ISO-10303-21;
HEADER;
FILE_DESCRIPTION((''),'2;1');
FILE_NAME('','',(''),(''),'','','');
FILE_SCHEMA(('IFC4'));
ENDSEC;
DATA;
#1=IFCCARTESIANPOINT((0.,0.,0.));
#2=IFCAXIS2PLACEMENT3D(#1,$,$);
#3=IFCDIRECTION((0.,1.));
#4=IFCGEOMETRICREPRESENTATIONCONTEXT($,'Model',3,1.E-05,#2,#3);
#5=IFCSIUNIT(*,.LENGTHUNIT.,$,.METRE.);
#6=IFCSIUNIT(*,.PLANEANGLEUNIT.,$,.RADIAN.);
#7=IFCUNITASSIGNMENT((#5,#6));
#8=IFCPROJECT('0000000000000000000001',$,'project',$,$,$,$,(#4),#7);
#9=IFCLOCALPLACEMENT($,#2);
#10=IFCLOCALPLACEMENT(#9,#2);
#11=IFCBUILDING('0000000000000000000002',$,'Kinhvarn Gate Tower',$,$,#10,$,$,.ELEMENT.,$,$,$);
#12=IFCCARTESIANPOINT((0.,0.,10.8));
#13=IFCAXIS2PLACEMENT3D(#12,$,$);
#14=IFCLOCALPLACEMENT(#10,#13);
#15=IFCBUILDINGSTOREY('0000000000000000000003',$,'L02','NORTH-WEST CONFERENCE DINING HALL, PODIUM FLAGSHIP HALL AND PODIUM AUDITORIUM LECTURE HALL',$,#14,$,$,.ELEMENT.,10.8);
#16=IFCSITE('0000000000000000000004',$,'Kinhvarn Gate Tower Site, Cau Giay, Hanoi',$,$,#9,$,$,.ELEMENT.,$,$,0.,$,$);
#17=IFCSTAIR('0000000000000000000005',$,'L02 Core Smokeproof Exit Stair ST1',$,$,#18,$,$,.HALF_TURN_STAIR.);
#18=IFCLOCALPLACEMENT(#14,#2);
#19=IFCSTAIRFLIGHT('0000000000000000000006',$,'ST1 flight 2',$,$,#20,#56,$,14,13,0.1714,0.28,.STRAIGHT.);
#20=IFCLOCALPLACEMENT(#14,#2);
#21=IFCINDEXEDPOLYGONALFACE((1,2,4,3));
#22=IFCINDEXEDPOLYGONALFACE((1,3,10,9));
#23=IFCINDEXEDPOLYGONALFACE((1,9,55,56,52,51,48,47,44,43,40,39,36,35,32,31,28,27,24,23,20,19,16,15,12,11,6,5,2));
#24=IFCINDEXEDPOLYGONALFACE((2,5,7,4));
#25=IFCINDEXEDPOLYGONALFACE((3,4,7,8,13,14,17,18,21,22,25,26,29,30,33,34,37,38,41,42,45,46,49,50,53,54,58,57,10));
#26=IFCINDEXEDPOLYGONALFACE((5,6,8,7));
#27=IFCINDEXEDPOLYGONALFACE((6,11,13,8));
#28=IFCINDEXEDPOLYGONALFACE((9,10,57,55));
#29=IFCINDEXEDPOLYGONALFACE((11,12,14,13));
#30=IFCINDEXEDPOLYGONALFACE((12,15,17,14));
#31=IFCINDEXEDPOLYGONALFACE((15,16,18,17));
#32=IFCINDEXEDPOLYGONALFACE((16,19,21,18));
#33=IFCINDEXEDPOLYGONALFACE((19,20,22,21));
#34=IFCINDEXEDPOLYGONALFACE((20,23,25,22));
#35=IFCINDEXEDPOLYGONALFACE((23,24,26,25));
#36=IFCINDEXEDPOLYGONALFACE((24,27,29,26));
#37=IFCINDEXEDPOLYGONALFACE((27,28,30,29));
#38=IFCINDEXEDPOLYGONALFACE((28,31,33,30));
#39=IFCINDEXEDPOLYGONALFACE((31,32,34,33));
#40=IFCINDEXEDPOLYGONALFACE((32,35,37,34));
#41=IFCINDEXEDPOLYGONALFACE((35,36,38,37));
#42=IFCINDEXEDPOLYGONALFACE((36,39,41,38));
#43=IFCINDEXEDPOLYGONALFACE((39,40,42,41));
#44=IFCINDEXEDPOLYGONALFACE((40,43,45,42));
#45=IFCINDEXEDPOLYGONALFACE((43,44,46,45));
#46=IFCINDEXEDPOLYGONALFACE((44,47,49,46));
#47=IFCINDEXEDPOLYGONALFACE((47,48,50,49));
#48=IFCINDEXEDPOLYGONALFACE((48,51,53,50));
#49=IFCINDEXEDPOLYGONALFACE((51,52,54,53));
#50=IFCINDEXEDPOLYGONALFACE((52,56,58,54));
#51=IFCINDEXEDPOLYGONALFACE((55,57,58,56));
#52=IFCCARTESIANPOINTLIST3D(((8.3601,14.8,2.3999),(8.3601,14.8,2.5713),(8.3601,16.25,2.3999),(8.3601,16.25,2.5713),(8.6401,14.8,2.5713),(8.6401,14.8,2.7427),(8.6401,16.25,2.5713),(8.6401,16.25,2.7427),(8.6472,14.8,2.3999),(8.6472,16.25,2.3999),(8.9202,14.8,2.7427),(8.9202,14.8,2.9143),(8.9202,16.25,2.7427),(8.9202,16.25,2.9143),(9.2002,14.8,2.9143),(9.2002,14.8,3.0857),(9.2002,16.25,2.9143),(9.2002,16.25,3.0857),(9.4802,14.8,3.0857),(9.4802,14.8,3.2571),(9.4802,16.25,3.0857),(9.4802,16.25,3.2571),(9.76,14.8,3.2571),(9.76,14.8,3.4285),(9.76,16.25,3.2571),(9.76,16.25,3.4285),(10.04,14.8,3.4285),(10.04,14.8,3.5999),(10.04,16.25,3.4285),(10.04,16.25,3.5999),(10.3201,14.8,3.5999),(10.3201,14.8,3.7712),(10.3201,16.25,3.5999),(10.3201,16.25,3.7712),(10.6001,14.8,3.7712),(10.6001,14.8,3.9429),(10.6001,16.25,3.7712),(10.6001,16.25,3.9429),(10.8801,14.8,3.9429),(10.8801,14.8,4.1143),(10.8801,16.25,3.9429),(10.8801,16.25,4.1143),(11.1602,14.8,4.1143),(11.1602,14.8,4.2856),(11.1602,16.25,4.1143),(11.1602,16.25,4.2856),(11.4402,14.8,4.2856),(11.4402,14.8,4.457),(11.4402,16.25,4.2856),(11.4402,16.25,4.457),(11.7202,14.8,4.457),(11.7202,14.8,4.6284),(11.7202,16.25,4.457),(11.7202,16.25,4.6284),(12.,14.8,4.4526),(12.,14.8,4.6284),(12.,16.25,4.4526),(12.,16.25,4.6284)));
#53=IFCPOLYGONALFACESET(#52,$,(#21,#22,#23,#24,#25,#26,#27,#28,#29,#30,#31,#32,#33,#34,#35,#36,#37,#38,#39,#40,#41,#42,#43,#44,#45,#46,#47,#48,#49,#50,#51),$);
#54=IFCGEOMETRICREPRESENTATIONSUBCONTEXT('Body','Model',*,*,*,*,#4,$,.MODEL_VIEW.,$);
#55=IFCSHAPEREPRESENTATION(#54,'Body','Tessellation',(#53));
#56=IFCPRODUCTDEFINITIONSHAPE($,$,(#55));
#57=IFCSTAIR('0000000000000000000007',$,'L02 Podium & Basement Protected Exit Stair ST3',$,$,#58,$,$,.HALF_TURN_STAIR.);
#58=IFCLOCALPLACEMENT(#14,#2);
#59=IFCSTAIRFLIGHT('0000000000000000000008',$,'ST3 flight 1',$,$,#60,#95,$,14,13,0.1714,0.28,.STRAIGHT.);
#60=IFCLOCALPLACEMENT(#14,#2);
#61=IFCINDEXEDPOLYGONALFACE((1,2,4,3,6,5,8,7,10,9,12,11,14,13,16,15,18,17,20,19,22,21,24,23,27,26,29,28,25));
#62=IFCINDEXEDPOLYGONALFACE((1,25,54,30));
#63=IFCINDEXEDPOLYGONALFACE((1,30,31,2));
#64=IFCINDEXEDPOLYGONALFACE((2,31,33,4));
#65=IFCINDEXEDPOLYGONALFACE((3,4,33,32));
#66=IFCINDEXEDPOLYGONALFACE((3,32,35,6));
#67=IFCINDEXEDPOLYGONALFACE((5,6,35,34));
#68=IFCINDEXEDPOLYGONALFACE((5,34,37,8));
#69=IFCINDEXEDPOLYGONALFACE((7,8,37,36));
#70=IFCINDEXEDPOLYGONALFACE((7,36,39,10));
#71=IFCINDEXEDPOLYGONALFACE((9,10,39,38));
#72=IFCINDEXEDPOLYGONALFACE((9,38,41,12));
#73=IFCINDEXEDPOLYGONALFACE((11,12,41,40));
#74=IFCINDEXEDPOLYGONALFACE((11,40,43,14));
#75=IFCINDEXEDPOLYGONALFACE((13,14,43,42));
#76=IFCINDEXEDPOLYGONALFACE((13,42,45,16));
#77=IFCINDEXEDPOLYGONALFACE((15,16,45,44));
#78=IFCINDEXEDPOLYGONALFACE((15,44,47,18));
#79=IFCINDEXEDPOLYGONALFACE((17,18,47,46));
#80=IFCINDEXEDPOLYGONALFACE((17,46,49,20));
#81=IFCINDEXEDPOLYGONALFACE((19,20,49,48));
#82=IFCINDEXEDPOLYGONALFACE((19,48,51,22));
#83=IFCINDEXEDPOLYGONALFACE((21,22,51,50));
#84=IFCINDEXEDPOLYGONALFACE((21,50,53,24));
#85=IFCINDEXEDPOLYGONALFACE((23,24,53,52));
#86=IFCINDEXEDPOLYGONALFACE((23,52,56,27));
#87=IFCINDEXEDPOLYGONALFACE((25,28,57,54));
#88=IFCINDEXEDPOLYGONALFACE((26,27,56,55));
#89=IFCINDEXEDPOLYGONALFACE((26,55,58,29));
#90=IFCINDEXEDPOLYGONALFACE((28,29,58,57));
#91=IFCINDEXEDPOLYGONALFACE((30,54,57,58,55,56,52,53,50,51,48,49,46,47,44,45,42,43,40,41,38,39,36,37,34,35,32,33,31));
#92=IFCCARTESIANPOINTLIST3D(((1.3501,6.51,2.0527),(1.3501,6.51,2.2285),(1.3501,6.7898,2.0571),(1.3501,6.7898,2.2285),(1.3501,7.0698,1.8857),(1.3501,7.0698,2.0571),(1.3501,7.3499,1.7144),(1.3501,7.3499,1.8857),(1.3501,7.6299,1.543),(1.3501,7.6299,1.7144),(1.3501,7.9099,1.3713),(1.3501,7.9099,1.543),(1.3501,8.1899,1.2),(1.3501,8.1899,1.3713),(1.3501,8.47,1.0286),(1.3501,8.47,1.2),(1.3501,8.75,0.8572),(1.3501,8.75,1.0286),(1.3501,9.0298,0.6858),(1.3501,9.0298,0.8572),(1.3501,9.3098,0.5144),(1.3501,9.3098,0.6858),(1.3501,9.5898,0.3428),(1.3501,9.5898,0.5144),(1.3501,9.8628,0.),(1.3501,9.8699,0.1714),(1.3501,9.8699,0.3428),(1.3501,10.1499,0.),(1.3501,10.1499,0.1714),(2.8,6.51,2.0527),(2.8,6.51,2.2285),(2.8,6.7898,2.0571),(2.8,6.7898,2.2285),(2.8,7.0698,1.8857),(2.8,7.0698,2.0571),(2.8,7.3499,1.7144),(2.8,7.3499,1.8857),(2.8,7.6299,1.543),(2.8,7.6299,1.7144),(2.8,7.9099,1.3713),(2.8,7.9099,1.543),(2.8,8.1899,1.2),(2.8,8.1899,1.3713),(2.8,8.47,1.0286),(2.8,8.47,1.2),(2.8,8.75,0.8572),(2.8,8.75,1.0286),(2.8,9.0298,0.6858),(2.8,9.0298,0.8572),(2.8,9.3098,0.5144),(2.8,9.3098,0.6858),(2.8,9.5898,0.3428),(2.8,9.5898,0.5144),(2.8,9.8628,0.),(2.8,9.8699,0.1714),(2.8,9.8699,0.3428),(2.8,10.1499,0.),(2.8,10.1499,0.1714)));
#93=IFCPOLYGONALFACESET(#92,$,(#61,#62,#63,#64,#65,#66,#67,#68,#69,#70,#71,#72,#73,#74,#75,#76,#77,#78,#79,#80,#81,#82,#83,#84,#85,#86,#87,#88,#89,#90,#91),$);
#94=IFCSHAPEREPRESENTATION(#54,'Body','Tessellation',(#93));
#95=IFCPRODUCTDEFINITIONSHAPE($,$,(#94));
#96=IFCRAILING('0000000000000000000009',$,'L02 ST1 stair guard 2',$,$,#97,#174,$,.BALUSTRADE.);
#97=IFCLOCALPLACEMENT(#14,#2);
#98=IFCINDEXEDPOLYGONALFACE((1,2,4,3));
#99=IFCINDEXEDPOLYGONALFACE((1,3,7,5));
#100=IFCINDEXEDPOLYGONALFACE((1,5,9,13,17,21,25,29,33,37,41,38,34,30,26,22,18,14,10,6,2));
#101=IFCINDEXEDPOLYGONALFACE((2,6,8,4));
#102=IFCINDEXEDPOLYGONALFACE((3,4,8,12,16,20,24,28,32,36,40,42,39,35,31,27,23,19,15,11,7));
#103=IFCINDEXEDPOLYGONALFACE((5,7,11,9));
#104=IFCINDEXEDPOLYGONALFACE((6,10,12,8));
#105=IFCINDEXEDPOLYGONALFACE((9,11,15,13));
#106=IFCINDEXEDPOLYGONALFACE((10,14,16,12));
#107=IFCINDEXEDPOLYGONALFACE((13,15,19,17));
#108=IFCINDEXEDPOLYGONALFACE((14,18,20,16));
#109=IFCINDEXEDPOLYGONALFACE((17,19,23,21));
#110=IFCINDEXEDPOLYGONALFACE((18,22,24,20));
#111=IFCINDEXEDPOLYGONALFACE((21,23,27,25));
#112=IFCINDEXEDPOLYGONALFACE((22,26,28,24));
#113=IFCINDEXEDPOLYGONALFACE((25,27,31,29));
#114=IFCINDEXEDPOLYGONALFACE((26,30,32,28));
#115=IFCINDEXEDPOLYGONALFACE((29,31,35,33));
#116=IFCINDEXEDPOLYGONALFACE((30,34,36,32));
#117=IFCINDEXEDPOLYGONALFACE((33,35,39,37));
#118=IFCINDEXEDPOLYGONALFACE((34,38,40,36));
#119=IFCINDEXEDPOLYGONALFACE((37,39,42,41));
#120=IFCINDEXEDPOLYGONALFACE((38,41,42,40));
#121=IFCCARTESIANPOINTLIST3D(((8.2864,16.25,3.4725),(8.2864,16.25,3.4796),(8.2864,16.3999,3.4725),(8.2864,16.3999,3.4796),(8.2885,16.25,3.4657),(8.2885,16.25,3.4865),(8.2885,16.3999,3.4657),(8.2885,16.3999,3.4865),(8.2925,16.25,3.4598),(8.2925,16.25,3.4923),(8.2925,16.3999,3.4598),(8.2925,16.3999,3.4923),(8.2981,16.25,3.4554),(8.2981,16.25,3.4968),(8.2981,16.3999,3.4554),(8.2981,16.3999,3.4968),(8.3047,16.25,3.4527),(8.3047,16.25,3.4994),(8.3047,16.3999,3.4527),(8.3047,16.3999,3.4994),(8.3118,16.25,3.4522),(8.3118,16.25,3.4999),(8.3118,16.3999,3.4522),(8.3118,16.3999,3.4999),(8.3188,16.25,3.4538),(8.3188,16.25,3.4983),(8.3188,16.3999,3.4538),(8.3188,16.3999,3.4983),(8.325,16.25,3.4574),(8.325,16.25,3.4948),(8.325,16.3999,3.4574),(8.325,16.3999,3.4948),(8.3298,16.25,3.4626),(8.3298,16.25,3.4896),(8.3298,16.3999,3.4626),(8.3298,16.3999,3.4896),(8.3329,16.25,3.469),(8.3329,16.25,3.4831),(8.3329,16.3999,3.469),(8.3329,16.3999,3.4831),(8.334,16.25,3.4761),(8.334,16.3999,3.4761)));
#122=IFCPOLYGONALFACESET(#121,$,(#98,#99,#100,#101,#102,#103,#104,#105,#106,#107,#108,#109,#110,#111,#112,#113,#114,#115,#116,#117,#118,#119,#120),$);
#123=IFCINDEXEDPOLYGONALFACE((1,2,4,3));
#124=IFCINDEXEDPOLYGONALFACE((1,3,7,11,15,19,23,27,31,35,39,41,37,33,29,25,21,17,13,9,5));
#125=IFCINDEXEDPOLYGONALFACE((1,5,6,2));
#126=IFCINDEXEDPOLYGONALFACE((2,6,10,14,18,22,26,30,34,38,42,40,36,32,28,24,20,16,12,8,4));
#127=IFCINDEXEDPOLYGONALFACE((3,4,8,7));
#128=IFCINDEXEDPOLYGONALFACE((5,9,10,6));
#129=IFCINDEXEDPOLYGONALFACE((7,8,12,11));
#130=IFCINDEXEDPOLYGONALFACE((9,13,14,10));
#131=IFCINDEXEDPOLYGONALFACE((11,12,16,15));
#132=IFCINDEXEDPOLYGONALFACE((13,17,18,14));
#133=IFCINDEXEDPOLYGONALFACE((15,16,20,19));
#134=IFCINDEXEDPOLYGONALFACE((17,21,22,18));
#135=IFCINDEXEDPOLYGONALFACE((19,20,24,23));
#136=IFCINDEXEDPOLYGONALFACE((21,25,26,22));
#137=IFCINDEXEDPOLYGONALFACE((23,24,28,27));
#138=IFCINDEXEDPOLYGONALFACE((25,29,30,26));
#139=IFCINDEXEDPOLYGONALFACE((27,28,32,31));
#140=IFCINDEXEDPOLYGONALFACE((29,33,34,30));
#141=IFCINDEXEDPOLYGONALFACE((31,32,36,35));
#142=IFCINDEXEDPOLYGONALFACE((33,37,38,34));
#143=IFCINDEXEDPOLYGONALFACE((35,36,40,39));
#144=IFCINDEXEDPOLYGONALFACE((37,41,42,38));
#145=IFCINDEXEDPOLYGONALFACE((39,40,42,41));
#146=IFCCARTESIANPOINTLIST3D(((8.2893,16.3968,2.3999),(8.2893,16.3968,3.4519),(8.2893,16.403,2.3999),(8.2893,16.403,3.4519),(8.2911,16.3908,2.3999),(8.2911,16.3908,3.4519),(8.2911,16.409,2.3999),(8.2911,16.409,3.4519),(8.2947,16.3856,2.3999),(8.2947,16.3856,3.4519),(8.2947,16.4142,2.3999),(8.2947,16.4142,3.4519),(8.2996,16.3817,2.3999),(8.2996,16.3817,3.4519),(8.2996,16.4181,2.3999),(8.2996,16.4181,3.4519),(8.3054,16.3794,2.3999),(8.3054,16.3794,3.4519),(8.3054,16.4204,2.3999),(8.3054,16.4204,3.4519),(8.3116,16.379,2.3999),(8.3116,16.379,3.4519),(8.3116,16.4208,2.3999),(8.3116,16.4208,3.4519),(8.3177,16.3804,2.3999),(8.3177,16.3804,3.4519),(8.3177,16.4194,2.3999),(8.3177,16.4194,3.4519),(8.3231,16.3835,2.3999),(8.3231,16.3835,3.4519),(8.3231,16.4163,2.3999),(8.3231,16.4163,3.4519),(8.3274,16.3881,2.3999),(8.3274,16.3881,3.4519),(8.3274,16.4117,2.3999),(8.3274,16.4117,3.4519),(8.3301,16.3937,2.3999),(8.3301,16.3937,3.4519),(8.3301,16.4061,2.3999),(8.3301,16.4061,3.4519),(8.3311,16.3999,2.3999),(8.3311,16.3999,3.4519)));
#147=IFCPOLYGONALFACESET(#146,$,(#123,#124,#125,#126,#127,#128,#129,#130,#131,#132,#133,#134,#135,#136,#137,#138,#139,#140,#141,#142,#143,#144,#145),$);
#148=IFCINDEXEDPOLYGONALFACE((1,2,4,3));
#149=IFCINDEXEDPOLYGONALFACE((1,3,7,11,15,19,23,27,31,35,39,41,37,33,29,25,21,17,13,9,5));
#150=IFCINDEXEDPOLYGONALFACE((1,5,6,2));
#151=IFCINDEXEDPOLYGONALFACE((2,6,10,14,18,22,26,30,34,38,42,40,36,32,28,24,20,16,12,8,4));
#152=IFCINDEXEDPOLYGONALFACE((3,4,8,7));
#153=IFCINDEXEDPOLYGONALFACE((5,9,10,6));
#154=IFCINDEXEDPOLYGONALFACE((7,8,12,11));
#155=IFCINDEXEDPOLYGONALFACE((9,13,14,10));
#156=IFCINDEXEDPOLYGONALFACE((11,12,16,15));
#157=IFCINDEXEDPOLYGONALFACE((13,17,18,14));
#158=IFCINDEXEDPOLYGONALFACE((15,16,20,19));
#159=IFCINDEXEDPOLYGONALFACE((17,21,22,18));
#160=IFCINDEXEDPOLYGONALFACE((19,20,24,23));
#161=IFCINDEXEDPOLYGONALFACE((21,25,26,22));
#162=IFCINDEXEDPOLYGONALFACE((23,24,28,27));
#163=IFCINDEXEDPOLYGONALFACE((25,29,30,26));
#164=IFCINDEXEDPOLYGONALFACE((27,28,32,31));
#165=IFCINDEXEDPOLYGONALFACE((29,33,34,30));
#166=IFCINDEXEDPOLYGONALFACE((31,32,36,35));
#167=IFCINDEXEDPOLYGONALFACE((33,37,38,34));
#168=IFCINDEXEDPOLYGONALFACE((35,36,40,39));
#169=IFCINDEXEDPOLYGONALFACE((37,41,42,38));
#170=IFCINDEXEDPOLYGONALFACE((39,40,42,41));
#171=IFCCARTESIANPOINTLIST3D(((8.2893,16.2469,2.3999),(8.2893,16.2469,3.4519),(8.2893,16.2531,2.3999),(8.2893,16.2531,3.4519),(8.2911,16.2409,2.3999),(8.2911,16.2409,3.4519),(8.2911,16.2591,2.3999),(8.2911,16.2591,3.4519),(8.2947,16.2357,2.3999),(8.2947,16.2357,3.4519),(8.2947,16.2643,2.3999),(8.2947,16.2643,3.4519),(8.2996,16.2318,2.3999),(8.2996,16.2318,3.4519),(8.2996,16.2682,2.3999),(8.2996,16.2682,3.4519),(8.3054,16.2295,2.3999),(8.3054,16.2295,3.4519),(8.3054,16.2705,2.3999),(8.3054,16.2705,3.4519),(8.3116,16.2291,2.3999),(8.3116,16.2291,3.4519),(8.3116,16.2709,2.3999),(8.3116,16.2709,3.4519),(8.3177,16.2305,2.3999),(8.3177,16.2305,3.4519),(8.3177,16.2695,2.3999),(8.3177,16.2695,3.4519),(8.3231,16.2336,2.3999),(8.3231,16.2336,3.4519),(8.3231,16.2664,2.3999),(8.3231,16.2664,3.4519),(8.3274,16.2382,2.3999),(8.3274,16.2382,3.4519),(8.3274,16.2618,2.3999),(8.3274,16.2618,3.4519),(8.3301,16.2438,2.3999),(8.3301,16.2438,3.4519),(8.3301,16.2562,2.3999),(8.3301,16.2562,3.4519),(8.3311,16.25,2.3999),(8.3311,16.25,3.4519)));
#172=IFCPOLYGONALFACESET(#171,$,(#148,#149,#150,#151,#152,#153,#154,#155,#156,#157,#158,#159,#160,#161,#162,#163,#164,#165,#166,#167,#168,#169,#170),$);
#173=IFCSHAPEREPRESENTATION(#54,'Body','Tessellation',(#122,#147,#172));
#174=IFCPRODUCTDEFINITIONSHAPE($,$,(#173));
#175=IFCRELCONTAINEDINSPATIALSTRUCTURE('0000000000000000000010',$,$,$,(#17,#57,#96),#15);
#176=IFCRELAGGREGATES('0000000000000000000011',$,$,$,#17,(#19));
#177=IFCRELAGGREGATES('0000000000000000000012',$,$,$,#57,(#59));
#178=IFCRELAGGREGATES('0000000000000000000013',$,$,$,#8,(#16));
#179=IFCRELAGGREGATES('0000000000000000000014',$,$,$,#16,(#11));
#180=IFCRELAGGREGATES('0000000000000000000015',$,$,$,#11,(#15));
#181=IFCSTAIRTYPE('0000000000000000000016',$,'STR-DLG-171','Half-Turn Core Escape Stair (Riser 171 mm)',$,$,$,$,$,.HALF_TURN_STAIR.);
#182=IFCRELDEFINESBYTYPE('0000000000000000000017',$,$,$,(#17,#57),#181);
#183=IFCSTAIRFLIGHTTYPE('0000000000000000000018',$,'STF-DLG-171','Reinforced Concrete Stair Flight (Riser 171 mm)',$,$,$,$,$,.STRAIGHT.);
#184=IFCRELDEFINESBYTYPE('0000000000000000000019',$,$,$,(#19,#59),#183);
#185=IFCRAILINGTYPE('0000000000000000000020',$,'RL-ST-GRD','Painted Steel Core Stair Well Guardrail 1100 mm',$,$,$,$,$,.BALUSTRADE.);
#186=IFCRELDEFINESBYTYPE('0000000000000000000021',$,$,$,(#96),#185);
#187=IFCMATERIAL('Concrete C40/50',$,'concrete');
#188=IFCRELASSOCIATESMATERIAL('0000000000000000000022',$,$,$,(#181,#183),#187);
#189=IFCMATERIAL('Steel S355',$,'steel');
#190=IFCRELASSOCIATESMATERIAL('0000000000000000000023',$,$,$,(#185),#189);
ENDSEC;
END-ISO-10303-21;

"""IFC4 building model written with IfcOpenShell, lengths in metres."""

from ifc_helpers import new_model, si_unit, direction, frame, origin, origin_2d, place, context, subcontext, project, spatial, polyline, circle, outline, extrude, material, type_object, element, aggregate, save


model = new_model("IFC4")

# Units and contexts
model_context = context("Model", 3, precision=1e-05, world=origin(), true_north=direction((0.0, 1.0)))
body_context = subcontext(model_context, "Body", "Model", "MODEL_VIEW")
ifc_project = project(units=[si_unit("LENGTHUNIT", "METRE"), si_unit("PLANEANGLEUNIT", "RADIAN")], contexts=[model_context])

# Site, building, storey
site_placement = place(None, origin())
site = spatial("IfcSite", under=ifc_project, at=site_placement, Name="Kinhvarn Gate Tower Site, Cau Giay, Hanoi", CompositionType="ELEMENT", RefElevation=0.0)
building_placement = place(site_placement, origin())
building = spatial("IfcBuilding", under=site, at=building_placement, Name="Kinhvarn Gate Tower", CompositionType="ELEMENT")
storey_placement = place(building_placement, frame((0.0, 0.0, 10.8)))
storey = spatial("IfcBuildingStorey", under=building, at=storey_placement, Name="L02", Description="NORTH-WEST CONFERENCE DINING HALL, PODIUM FLAGSHIP HALL AND PODIUM AUDITORIUM LECTURE HALL", CompositionType="ELEMENT", Elevation=10.8)

# Shared definitions
ifc_material_1 = material(Name="Steel S355", Category="steel")

# Shared definitions
ifc_material_2 = material(Name="Concrete C40/50", Category="concrete")

# Stairs, stair flights
stair_type = type_object("IfcStairType", Name="STR-DLG-171", Description="Half-Turn Core Escape Stair (Riser 171 mm)", PredefinedType="HALF_TURN_STAIR", material=ifc_material_2)
stair_1_placement = place(storey_placement, origin())
stair_1 = element("IfcStair", 1, at=stair_1_placement, inside=storey, type_object=stair_type, Name="L02 Core Smokeproof Exit Stair ST1", PredefinedType="HALF_TURN_STAIR")
stair_flight_type = type_object("IfcStairFlightType", Name="STF-DLG-171", Description="Reinforced Concrete Stair Flight (Riser 171 mm)", PredefinedType="STRAIGHT", material=ifc_material_2)
stair_flight_1_placement = place(storey_placement, frame((8.3601, 15.5249, 2.3999), z_axis=(0.0, 0.0, 1.0), x_axis=(1.0, 0.0, 0.0)))
stair_flight_1 = element("IfcStairFlight", 2, at=stair_flight_1_placement, type_object=stair_flight_type, Name="ST1 flight 2", NumberOfRisers=14, NumberOfTreads=13, PredefinedType="STRAIGHT", RiserHeight=0.1714, TreadLength=0.28, context=body_context, shape_type="SweptSolid", body=[
    extrude(outline(polyline([(0.0, 0.0), (0.0, 0.1714), (0.28, 0.1714), (0.28, 0.3428), (0.5601, 0.3428), (0.5601, 0.5144), (0.8401, 0.5144), (0.8401, 0.6858), (1.1201, 0.6858), (1.1201, 0.8572), (1.3999, 0.8572), (1.3999, 1.0286), (1.6799, 1.0286), (1.6799, 1.2), (1.96, 1.2), (1.96, 1.3713), (2.24, 1.3713), (2.24, 1.543), (2.52, 1.543), (2.52, 1.7144), (2.8, 1.7144), (2.8, 1.8857), (3.0801, 1.8857), (3.0801, 2.0571), (3.3601, 2.0571), (3.3601, 2.2285), (3.6399, 2.2285), (3.6399, 2.3999), (3.6399, 2.0527), (0.2871, 0.0), (0.0, 0.0)])), frame((0.0, 0.7251, 0.0), z_axis=(0.0, -1.0, 0.0), x_axis=(1.0, 0.0, 0.0)), (0.0, 0.0, 1.0), 1.45),
])
aggregate(stair_1, [stair_flight_1])
stair_2_placement = place(storey_placement, origin())
stair_2 = element("IfcStair", 3, at=stair_2_placement, inside=storey, type_object=stair_type, Name="L02 Podium & Basement Protected Exit Stair ST3", PredefinedType="HALF_TURN_STAIR")
stair_flight_2_placement = place(storey_placement, frame((2.075, 10.1499, 0.0), z_axis=(0.0, 0.0, 1.0), x_axis=(0.0, -1.0, 0.0)))
stair_flight_2 = element("IfcStairFlight", 4, at=stair_flight_2_placement, type_object=stair_flight_type, Name="ST3 flight 1", NumberOfRisers=14, NumberOfTreads=13, PredefinedType="STRAIGHT", RiserHeight=0.1714, TreadLength=0.28, context=body_context, shape_type="SweptSolid", body=[
    extrude(outline(polyline([(0.0, 0.0), (0.0, 0.1714), (0.28, 0.1714), (0.28, 0.3428), (0.5601, 0.3428), (0.5601, 0.5144), (0.8401, 0.5144), (0.8401, 0.6858), (1.1201, 0.6858), (1.1201, 0.8572), (1.3999, 0.8572), (1.3999, 1.0286), (1.6799, 1.0286), (1.6799, 1.2), (1.96, 1.2), (1.96, 1.3713), (2.24, 1.3713), (2.24, 1.543), (2.52, 1.543), (2.52, 1.7144), (2.8, 1.7144), (2.8, 1.8857), (3.0801, 1.8857), (3.0801, 2.0571), (3.3601, 2.0571), (3.3601, 2.2285), (3.6399, 2.2285), (3.6399, 2.3999), (3.6399, 2.0527), (0.2871, 0.0), (0.0, 0.0)])), frame((0.0, 0.7251, 0.0), z_axis=(0.0, -1.0, 0.0), x_axis=(1.0, 0.0, 0.0)), (0.0, 0.0, 1.0), 1.45),
])
aggregate(stair_2, [stair_flight_2])

# Railing
railing_type_1 = type_object("IfcRailingType", Name="RL-ST-GRD", Description="Painted Steel Core Stair Well Guardrail 1100 mm", PredefinedType="BALUSTRADE", material=ifc_material_1)
railing_1_placement = place(storey_placement, frame((8.3101, 16.3999, 2.3999)))
element("IfcRailing", 5, at=railing_1_placement, inside=storey, type_object=railing_type_1, Name="L02 ST1 stair guard 2", PredefinedType="BALUSTRADE", context=body_context, shape_type="SweptSolid", body=[
    extrude(circle(Radius=0.0239, at=origin_2d()), frame((0.0, 0.0, 1.0762), z_axis=(0.0, -1.0, 0.0), x_axis=(1.0, 0.0, 0.0)), (0.0, 0.0, 1.0), 0.1499),
    extrude(circle(Radius=0.021, at=origin_2d()), origin(), (0.0, 0.0, 1.0), 1.052),
    extrude(circle(Radius=0.021, at=origin_2d()), frame((0.0, -0.1499, 0.0)), (0.0, 0.0, 1.0), 1.052),
])

save(model, "model.ifc")
